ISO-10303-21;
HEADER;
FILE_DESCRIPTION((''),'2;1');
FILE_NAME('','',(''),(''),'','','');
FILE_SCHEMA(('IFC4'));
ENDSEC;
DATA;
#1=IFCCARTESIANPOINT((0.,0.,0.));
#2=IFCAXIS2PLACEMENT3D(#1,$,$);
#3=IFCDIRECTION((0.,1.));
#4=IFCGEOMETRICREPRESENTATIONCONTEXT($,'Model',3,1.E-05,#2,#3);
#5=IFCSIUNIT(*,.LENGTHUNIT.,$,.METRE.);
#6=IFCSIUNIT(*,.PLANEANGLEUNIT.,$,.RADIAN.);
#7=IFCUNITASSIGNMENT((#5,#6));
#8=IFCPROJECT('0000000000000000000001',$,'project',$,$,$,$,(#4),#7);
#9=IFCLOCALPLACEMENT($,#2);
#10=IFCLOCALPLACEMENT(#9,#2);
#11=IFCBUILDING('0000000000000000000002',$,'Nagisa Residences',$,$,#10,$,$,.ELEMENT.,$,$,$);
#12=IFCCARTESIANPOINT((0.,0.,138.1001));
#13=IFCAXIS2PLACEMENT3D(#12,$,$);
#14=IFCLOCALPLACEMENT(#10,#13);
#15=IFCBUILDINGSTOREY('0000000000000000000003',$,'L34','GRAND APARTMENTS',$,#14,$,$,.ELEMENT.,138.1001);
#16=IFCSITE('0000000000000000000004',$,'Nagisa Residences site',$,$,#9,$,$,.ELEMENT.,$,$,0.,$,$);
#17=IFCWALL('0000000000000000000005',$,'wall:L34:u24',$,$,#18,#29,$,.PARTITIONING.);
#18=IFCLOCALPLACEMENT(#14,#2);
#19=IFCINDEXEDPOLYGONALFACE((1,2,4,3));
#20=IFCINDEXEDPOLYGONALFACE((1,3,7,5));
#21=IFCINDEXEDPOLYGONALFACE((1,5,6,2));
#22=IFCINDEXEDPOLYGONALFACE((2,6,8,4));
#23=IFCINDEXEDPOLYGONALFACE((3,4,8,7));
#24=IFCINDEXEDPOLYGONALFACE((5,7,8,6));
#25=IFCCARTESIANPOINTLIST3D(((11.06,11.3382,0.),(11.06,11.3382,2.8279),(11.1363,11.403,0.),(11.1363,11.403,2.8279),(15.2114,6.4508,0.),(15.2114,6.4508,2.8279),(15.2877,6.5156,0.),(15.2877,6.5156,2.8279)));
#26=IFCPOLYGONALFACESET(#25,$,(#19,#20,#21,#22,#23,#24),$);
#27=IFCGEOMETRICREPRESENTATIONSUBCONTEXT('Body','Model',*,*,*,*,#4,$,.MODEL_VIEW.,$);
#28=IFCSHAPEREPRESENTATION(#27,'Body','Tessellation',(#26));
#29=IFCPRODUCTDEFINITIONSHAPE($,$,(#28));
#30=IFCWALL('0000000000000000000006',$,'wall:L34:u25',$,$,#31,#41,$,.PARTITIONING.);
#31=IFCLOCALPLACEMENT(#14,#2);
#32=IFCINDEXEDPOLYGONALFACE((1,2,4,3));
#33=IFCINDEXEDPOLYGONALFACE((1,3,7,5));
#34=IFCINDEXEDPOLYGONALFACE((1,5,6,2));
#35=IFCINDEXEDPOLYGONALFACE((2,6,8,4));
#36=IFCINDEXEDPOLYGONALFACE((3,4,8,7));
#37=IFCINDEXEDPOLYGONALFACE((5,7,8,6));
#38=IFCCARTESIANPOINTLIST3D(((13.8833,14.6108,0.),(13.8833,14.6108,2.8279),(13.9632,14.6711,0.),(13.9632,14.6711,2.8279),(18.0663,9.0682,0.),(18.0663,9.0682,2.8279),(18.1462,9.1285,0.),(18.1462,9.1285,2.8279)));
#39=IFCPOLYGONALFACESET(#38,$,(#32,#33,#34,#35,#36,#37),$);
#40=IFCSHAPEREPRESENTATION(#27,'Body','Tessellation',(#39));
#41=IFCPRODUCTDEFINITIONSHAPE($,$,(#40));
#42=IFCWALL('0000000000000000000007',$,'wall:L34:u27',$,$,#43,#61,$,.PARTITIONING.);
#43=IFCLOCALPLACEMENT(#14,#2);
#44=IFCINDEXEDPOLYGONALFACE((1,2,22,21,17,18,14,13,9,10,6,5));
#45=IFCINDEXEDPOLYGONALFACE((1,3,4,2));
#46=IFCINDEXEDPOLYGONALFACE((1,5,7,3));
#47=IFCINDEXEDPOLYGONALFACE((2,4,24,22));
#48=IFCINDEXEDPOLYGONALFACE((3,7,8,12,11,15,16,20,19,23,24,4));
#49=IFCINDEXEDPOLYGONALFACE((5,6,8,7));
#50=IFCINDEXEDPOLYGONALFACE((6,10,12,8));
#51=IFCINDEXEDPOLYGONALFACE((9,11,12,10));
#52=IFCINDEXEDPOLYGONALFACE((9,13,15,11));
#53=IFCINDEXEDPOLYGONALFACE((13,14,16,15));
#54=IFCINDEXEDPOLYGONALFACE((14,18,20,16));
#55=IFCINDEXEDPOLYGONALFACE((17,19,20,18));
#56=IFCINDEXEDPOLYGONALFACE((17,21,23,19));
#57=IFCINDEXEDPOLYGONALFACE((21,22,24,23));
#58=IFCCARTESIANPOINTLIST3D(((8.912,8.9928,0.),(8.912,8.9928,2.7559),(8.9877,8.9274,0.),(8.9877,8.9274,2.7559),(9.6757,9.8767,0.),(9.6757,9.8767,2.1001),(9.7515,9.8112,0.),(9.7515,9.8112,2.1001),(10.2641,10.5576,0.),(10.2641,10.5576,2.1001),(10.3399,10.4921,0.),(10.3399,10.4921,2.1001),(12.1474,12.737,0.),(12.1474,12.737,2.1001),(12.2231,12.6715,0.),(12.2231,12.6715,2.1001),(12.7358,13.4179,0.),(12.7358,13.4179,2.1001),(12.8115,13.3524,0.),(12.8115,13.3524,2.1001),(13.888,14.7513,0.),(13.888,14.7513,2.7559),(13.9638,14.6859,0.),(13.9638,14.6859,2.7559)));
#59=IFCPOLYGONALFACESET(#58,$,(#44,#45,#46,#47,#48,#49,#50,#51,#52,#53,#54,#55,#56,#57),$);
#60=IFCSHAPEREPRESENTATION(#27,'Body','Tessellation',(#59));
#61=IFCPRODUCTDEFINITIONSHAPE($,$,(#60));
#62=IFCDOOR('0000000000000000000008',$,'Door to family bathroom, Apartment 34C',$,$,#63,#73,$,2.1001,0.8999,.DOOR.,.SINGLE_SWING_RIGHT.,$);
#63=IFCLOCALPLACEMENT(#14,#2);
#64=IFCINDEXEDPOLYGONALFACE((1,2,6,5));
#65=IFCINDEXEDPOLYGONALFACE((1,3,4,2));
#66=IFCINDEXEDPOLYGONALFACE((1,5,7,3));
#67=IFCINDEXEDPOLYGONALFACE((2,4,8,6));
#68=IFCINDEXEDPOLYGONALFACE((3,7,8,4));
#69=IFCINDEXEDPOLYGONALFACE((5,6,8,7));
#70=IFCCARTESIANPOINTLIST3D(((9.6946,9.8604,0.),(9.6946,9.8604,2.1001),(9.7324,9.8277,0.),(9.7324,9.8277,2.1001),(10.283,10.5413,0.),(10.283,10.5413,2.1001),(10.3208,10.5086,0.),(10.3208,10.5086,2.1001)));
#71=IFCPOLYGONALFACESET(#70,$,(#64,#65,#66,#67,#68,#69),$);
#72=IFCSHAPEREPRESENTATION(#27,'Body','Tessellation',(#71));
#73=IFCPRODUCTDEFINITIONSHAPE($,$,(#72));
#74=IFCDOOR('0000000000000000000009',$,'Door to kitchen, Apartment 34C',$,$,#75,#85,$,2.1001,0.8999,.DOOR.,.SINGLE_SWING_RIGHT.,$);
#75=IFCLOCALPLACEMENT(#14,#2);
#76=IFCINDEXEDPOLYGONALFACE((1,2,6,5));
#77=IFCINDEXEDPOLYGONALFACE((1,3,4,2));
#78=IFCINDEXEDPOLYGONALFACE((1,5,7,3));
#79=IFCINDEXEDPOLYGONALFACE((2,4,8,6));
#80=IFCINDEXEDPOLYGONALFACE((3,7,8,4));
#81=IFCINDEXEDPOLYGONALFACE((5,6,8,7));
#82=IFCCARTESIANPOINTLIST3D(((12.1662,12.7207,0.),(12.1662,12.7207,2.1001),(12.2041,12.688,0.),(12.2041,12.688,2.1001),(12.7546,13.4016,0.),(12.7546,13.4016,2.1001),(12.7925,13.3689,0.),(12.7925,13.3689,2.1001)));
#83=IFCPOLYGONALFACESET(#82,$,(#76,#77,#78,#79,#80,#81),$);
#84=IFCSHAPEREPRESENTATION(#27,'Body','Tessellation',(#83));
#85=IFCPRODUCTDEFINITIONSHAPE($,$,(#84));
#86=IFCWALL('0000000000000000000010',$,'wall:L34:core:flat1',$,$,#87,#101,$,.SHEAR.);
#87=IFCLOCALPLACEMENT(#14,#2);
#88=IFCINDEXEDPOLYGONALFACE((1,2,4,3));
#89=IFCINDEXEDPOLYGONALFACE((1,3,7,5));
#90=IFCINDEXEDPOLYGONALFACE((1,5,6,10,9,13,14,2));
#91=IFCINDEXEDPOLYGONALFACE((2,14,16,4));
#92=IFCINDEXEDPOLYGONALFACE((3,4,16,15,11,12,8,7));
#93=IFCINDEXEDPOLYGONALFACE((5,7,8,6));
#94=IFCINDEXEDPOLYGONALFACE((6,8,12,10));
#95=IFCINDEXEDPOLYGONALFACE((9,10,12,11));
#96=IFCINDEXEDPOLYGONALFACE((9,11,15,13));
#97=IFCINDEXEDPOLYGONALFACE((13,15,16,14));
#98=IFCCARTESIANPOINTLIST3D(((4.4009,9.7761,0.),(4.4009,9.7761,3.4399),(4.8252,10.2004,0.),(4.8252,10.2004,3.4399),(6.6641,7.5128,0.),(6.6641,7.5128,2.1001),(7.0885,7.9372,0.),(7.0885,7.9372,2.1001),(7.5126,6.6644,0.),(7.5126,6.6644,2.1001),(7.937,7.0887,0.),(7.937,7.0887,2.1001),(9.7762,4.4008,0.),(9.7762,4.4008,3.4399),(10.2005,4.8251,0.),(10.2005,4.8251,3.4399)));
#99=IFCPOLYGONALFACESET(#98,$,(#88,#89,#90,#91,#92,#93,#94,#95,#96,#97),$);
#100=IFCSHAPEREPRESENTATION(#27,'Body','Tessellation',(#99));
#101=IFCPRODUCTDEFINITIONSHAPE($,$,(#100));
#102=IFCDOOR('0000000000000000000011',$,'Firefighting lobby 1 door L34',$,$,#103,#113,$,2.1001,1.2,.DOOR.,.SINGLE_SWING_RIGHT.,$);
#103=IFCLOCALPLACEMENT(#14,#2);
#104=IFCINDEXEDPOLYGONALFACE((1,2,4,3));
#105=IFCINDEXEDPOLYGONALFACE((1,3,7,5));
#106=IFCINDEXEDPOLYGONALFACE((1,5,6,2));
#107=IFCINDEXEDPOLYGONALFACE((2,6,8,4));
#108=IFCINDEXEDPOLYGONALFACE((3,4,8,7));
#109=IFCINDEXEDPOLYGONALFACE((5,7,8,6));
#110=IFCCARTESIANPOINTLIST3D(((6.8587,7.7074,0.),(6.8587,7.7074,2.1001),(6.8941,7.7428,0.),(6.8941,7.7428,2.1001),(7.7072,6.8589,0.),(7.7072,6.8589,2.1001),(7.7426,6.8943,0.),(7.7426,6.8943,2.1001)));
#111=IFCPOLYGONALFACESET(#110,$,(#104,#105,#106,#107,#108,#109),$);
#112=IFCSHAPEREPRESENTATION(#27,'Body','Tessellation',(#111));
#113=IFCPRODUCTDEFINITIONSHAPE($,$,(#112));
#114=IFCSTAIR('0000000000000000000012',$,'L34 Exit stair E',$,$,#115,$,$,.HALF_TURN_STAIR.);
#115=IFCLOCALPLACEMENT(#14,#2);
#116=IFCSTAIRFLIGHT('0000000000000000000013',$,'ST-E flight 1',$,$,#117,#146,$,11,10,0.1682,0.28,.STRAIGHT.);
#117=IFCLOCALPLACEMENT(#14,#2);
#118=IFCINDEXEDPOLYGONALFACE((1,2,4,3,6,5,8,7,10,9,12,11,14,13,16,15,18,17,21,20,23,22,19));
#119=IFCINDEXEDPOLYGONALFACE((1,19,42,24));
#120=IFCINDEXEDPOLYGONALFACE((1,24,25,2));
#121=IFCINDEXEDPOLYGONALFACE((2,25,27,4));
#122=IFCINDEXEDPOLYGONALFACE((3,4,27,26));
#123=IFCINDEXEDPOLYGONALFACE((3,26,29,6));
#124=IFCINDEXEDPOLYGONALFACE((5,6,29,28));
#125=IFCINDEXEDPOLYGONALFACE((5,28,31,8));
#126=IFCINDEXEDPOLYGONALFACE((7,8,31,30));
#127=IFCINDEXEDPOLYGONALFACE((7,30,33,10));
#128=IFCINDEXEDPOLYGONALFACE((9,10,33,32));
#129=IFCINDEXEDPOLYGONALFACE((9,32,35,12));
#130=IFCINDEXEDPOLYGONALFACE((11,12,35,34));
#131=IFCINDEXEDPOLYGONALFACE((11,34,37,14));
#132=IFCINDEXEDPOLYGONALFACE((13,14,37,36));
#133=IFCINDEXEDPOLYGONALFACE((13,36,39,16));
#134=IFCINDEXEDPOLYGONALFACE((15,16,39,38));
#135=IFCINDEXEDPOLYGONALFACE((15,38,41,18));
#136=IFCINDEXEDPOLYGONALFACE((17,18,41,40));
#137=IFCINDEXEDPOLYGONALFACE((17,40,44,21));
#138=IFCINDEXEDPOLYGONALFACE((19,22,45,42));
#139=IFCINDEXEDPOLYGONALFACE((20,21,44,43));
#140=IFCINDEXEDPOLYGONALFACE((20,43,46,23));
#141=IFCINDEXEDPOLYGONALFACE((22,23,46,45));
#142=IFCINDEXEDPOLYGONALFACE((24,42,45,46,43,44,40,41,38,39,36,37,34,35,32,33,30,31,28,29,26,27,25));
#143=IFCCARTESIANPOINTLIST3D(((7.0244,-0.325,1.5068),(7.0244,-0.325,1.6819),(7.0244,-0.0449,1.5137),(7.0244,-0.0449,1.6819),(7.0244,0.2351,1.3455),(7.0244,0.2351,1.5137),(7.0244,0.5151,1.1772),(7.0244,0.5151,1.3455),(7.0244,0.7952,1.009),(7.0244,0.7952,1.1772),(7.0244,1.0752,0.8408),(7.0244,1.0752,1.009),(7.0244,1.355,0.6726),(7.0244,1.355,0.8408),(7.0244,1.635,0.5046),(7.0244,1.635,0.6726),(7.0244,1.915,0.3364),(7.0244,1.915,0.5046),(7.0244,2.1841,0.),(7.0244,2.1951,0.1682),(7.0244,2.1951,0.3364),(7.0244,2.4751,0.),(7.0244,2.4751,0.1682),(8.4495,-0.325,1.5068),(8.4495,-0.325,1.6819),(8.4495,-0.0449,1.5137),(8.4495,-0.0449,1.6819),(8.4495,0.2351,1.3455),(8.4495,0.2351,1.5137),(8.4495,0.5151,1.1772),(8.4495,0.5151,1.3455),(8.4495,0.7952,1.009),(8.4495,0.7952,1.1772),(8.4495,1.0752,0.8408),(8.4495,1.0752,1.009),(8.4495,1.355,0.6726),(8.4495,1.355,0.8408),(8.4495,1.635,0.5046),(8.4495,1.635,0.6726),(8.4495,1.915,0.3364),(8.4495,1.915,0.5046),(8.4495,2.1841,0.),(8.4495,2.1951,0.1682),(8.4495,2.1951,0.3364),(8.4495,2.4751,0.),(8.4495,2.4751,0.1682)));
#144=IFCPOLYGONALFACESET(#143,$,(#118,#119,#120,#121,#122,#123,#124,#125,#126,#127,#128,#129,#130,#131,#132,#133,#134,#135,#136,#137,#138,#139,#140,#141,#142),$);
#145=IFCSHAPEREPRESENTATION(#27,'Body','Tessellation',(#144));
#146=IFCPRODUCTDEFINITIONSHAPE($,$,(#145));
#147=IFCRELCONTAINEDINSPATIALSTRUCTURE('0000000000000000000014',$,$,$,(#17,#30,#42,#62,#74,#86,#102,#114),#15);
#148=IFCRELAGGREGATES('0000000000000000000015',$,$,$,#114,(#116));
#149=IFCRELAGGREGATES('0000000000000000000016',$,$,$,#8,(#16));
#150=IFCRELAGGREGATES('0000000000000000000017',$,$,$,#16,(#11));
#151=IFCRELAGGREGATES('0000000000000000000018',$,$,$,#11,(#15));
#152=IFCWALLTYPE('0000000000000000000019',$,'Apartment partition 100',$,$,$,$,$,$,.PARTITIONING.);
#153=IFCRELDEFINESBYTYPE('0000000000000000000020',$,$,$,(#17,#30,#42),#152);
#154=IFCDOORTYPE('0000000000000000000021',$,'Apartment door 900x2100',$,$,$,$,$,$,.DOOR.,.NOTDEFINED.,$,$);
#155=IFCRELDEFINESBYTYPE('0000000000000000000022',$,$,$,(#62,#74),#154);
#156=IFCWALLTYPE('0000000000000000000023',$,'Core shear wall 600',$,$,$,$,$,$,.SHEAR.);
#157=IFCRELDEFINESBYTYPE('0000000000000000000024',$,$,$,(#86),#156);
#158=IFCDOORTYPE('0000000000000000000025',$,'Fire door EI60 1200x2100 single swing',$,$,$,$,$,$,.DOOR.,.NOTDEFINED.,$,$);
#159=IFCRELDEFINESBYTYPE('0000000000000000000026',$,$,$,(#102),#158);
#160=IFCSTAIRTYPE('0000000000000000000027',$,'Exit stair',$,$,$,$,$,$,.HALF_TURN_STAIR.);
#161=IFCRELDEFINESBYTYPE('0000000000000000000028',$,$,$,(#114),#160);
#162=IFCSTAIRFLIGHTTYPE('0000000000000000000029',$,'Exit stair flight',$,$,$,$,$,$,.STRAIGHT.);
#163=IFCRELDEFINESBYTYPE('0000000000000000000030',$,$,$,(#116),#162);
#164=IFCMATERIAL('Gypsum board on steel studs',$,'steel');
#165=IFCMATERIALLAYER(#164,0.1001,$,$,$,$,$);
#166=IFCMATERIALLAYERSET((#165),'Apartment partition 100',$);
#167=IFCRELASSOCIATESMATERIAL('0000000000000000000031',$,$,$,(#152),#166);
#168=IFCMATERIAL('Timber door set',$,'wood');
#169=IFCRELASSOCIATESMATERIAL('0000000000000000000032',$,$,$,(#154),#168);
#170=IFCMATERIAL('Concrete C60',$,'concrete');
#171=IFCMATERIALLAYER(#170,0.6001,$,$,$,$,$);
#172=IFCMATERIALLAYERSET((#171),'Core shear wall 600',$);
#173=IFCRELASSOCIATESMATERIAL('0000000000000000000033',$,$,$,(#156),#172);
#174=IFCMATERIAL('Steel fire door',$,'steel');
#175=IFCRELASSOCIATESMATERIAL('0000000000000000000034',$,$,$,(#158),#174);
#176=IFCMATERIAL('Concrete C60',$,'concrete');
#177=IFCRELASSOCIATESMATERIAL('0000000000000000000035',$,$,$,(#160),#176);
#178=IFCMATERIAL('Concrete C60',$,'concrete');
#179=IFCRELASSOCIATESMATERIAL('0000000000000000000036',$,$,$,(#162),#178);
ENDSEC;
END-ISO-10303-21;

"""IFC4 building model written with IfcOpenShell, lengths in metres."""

from ifc_helpers import new_model, si_unit, direction, frame, frame_2d, origin, place, context, subcontext, project, spatial, polyline, rectangle, outline, extrude, material, layer, layer_set, type_object, element, fill, aggregate, save


model = new_model("IFC4")

# Units and contexts
model_context = context("Model", 3, precision=1e-05, world=origin(), true_north=direction((0.0, 1.0)))
body_context = subcontext(model_context, "Body", "Model", "MODEL_VIEW")
ifc_project = project(units=[si_unit("LENGTHUNIT", "METRE"), si_unit("PLANEANGLEUNIT", "RADIAN")], contexts=[model_context])

# Site, building, storey
site_placement = place(None, origin())
site = spatial("IfcSite", under=ifc_project, at=site_placement, Name="Nagisa Residences site", CompositionType="ELEMENT", RefElevation=0.0)
building_placement = place(site_placement, origin())
building = spatial("IfcBuilding", under=site, at=building_placement, Name="Nagisa Residences", CompositionType="ELEMENT")
storey_placement = place(building_placement, frame((0.0, 0.0, 138.1001)))
storey = spatial("IfcBuildingStorey", under=building, at=storey_placement, Name="L34", Description="GRAND APARTMENTS", CompositionType="ELEMENT", Elevation=138.1001)

# Shared definitions
ifc_material_1 = material(Name="Gypsum board on steel studs", Category="steel")
ifc_layer_1 = layer(ifc_material_1, 0.1001)
ifc_layer_set_1 = layer_set([ifc_layer_1], Name="Apartment partition 100")
wall_type_1 = type_object("IfcWallType", Name="Apartment partition 100", PredefinedType="PARTITIONING", material=ifc_layer_set_1)
ifc_material_2 = material(Name="Timber door set", Category="wood")
door_type_1 = type_object("IfcDoorType", Name="Apartment door 900x2100", OperationType="NOTDEFINED", PredefinedType="DOOR", material=ifc_material_2)

# Walls
wall_1_placement = place(storey_placement, frame((15.2495, 6.4832, 0.0), z_axis=(0.0, 0.0, 1.0), x_axis=(-0.64738, 0.762168, 0.0)))
element("IfcWall", 1, at=wall_1_placement, inside=storey, type_object=wall_type_1, Name="wall:L34:u24", PredefinedType="PARTITIONING", context=body_context, shape_type="SweptSolid", body=[
    extrude(rectangle(XDim=6.4126, YDim=0.1001, at=frame_2d((3.2063, 0.0))), origin(), (0.0, 0.0, 1.0), 2.8279),
])
wall_2_placement = place(storey_placement, frame((18.1062, 9.0984, 0.0), z_axis=(0.0, 0.0, 1.0), x_axis=(-0.602394, 0.798199, 0.0)))
element("IfcWall", 2, at=wall_2_placement, inside=storey, type_object=wall_type_1, Name="wall:L34:u25", PredefinedType="PARTITIONING", context=body_context, shape_type="SweptSolid", body=[
    extrude(rectangle(XDim=6.9438, YDim=0.1001, at=frame_2d((3.4719, 0.0))), origin(), (0.0, 0.0, 1.0), 2.8279),
])

# Wall, openings, doors
wall_3_placement = place(storey_placement, frame((8.95, 8.9602, 0.0), z_axis=(0.0, 0.0, 1.0), x_axis=(0.653829, 0.756642, 0.0)))
wall_3 = element("IfcWall", 3, at=wall_3_placement, inside=storey, type_object=wall_type_1, Name="wall:L34:u27", PredefinedType="PARTITIONING", context=body_context, shape_type="SweptSolid", body=[
    extrude(rectangle(XDim=7.6106, YDim=0.1001, at=frame_2d((3.8052, 0.0))), origin(), (0.0, 0.0, 1.0), 2.7559),
])
opening_1_placement = place(wall_3_placement, frame((1.168, 0.0, 0.0)))
opening_1 = element("IfcOpeningElement", 4, at=opening_1_placement, cuts=wall_3, PredefinedType="OPENING", context=body_context, shape_type="SweptSolid", body=[
    extrude(rectangle(XDim=0.8999, YDim=2.1001, at=frame_2d((0.45, 1.05))), frame((0.0, 0.0601, 0.0), z_axis=(0.0, -1.0, 0.0), x_axis=(1.0, 0.0, 0.0)), (0.0, 0.0, 1.0), 0.1201),
])
opening_2_placement = place(wall_3_placement, frame((4.9482, 0.0, 0.0)))
opening_2 = element("IfcOpeningElement", 5, at=opening_2_placement, cuts=wall_3, PredefinedType="OPENING", context=body_context, shape_type="SweptSolid", body=[
    extrude(rectangle(XDim=0.8999, YDim=2.1001, at=frame_2d((0.45, 1.05))), frame((0.0, 0.0601, 0.0), z_axis=(0.0, -1.0, 0.0), x_axis=(1.0, 0.0, 0.0)), (0.0, 0.0, 1.0), 0.1201),
])
door_1_placement = place(opening_1_placement, frame((0.8999, 0.0, 0.0), x_axis=(-1.0, 0.0, 0.0)))
door_1 = element("IfcDoor", 6, at=door_1_placement, inside=storey, type_object=door_type_1, Name="Door to family bathroom, Apartment 34C", OperationType="SINGLE_SWING_RIGHT", OverallHeight=2.1001, OverallWidth=0.8999, PredefinedType="DOOR", context=body_context, shape_type="SweptSolid", body=[
    extrude(rectangle(XDim=0.8999, YDim=2.1001, at=frame_2d((0.45, 1.05))), frame((0.0, 0.0249, 0.0), z_axis=(0.0, -1.0, 0.0), x_axis=(1.0, 0.0, 0.0)), (0.0, 0.0, 1.0), 0.05),
])
fill(opening_1, door_1)
door_2_placement = place(opening_2_placement, frame((0.8999, 0.0, 0.0), x_axis=(-1.0, 0.0, 0.0)))
door_2 = element("IfcDoor", 7, at=door_2_placement, inside=storey, type_object=door_type_1, Name="Door to kitchen, Apartment 34C", OperationType="SINGLE_SWING_RIGHT", OverallHeight=2.1001, OverallWidth=0.8999, PredefinedType="DOOR", context=body_context, shape_type="SweptSolid", body=[
    extrude(rectangle(XDim=0.8999, YDim=2.1001, at=frame_2d((0.45, 1.05))), frame((0.0, 0.0249, 0.0), z_axis=(0.0, -1.0, 0.0), x_axis=(1.0, 0.0, 0.0)), (0.0, 0.0, 1.0), 0.05),
])
fill(opening_2, door_2)

# Wall, opening, door
ifc_material_3 = material(Name="Concrete C60", Category="concrete")
ifc_layer_2 = layer(ifc_material_3, 0.6001)
ifc_layer_set_2 = layer_set([ifc_layer_2], Name="Core shear wall 600")
wall_type_2 = type_object("IfcWallType", Name="Core shear wall 600", PredefinedType="SHEAR", material=ifc_layer_set_2)
wall_4_placement = place(storey_placement, frame((9.9883, 4.613, 0.0), z_axis=(0.0, 0.0, 1.0), x_axis=(-0.707107, 0.707107, 0.0)))
wall_4 = element("IfcWall", 8, at=wall_4_placement, inside=storey, type_object=wall_type_2, Name="wall:L34:core:flat1", PredefinedType="SHEAR", context=body_context, shape_type="SweptSolid", body=[
    extrude(rectangle(XDim=7.6018, YDim=0.6001, at=frame_2d((3.8008, 0.0))), origin(), (0.0, 0.0, 1.0), 3.4399),
])
opening_3_placement = place(wall_4_placement, frame((3.2009, 0.0, 0.0)))
opening_3 = element("IfcOpeningElement", 9, at=opening_3_placement, cuts=wall_4, PredefinedType="OPENING", context=body_context, shape_type="SweptSolid", body=[
    extrude(rectangle(XDim=1.2, YDim=2.1001, at=frame_2d((0.6001, 1.05))), frame((0.0, 0.3101, 0.0), z_axis=(0.0, -1.0, 0.0), x_axis=(1.0, 0.0, 0.0)), (0.0, 0.0, 1.0), 0.6201),
])
ifc_material_4 = material(Name="Steel fire door", Category="steel")
door_type_2 = type_object("IfcDoorType", Name="Fire door EI60 1200x2100 single swing", OperationType="NOTDEFINED", PredefinedType="DOOR", material=ifc_material_4)
door_3_placement = place(opening_3_placement, origin())
door_3 = element("IfcDoor", 10, at=door_3_placement, inside=storey, type_object=door_type_2, Name="Firefighting lobby 1 door L34", OperationType="SINGLE_SWING_RIGHT", OverallHeight=2.1001, OverallWidth=1.2, PredefinedType="DOOR", context=body_context, shape_type="SweptSolid", body=[
    extrude(rectangle(XDim=1.2, YDim=2.1001, at=frame_2d((0.6001, 1.05))), frame((0.0, 0.0249, 0.0), z_axis=(0.0, -1.0, 0.0), x_axis=(1.0, 0.0, 0.0)), (0.0, 0.0, 1.0), 0.05),
])
fill(opening_3, door_3)

# Stair, stair flight
ifc_material_5 = material(Name="Concrete C60", Category="concrete")
stair_type = type_object("IfcStairType", Name="Exit stair", PredefinedType="HALF_TURN_STAIR", material=ifc_material_5)
stair_placement = place(storey_placement, origin())
stair = element("IfcStair", 11, at=stair_placement, inside=storey, type_object=stair_type, Name="L34 Exit stair E", PredefinedType="HALF_TURN_STAIR")
ifc_material_6 = material(Name="Concrete C60", Category="concrete")
stair_flight_type = type_object("IfcStairFlightType", Name="Exit stair flight", PredefinedType="STRAIGHT", material=ifc_material_6)
stair_flight_placement = place(storey_placement, frame((7.7371, 2.4751, 0.0), z_axis=(0.0, 0.0, 1.0), x_axis=(0.0, -1.0, 0.0)))
stair_flight = element("IfcStairFlight", 12, at=stair_flight_placement, type_object=stair_flight_type, Name="ST-E flight 1", NumberOfRisers=11, NumberOfTreads=10, PredefinedType="STRAIGHT", RiserHeight=0.1682, TreadLength=0.28, context=body_context, shape_type="SweptSolid", body=[
    extrude(outline(polyline([(0.0, 0.0), (0.0, 0.1682), (0.28, 0.1682), (0.28, 0.3364), (0.5601, 0.3364), (0.5601, 0.5046), (0.8401, 0.5046), (0.8401, 0.6726), (1.1201, 0.6726), (1.1201, 0.8408), (1.3999, 0.8408), (1.3999, 1.009), (1.6799, 1.009), (1.6799, 1.1772), (1.96, 1.1772), (1.96, 1.3455), (2.24, 1.3455), (2.24, 1.5137), (2.52, 1.5137), (2.52, 1.6819), (2.8, 1.6819), (2.8, 1.8501), (2.8, 1.5068), (0.291, 0.0), (0.0, 0.0)])), frame((0.0, 0.7124, 0.0), z_axis=(0.0, -1.0, 0.0), x_axis=(1.0, 0.0, 0.0)), (0.0, 0.0, 1.0), 1.425),
])
aggregate(stair, [stair_flight])

save(model, "model.ifc")
